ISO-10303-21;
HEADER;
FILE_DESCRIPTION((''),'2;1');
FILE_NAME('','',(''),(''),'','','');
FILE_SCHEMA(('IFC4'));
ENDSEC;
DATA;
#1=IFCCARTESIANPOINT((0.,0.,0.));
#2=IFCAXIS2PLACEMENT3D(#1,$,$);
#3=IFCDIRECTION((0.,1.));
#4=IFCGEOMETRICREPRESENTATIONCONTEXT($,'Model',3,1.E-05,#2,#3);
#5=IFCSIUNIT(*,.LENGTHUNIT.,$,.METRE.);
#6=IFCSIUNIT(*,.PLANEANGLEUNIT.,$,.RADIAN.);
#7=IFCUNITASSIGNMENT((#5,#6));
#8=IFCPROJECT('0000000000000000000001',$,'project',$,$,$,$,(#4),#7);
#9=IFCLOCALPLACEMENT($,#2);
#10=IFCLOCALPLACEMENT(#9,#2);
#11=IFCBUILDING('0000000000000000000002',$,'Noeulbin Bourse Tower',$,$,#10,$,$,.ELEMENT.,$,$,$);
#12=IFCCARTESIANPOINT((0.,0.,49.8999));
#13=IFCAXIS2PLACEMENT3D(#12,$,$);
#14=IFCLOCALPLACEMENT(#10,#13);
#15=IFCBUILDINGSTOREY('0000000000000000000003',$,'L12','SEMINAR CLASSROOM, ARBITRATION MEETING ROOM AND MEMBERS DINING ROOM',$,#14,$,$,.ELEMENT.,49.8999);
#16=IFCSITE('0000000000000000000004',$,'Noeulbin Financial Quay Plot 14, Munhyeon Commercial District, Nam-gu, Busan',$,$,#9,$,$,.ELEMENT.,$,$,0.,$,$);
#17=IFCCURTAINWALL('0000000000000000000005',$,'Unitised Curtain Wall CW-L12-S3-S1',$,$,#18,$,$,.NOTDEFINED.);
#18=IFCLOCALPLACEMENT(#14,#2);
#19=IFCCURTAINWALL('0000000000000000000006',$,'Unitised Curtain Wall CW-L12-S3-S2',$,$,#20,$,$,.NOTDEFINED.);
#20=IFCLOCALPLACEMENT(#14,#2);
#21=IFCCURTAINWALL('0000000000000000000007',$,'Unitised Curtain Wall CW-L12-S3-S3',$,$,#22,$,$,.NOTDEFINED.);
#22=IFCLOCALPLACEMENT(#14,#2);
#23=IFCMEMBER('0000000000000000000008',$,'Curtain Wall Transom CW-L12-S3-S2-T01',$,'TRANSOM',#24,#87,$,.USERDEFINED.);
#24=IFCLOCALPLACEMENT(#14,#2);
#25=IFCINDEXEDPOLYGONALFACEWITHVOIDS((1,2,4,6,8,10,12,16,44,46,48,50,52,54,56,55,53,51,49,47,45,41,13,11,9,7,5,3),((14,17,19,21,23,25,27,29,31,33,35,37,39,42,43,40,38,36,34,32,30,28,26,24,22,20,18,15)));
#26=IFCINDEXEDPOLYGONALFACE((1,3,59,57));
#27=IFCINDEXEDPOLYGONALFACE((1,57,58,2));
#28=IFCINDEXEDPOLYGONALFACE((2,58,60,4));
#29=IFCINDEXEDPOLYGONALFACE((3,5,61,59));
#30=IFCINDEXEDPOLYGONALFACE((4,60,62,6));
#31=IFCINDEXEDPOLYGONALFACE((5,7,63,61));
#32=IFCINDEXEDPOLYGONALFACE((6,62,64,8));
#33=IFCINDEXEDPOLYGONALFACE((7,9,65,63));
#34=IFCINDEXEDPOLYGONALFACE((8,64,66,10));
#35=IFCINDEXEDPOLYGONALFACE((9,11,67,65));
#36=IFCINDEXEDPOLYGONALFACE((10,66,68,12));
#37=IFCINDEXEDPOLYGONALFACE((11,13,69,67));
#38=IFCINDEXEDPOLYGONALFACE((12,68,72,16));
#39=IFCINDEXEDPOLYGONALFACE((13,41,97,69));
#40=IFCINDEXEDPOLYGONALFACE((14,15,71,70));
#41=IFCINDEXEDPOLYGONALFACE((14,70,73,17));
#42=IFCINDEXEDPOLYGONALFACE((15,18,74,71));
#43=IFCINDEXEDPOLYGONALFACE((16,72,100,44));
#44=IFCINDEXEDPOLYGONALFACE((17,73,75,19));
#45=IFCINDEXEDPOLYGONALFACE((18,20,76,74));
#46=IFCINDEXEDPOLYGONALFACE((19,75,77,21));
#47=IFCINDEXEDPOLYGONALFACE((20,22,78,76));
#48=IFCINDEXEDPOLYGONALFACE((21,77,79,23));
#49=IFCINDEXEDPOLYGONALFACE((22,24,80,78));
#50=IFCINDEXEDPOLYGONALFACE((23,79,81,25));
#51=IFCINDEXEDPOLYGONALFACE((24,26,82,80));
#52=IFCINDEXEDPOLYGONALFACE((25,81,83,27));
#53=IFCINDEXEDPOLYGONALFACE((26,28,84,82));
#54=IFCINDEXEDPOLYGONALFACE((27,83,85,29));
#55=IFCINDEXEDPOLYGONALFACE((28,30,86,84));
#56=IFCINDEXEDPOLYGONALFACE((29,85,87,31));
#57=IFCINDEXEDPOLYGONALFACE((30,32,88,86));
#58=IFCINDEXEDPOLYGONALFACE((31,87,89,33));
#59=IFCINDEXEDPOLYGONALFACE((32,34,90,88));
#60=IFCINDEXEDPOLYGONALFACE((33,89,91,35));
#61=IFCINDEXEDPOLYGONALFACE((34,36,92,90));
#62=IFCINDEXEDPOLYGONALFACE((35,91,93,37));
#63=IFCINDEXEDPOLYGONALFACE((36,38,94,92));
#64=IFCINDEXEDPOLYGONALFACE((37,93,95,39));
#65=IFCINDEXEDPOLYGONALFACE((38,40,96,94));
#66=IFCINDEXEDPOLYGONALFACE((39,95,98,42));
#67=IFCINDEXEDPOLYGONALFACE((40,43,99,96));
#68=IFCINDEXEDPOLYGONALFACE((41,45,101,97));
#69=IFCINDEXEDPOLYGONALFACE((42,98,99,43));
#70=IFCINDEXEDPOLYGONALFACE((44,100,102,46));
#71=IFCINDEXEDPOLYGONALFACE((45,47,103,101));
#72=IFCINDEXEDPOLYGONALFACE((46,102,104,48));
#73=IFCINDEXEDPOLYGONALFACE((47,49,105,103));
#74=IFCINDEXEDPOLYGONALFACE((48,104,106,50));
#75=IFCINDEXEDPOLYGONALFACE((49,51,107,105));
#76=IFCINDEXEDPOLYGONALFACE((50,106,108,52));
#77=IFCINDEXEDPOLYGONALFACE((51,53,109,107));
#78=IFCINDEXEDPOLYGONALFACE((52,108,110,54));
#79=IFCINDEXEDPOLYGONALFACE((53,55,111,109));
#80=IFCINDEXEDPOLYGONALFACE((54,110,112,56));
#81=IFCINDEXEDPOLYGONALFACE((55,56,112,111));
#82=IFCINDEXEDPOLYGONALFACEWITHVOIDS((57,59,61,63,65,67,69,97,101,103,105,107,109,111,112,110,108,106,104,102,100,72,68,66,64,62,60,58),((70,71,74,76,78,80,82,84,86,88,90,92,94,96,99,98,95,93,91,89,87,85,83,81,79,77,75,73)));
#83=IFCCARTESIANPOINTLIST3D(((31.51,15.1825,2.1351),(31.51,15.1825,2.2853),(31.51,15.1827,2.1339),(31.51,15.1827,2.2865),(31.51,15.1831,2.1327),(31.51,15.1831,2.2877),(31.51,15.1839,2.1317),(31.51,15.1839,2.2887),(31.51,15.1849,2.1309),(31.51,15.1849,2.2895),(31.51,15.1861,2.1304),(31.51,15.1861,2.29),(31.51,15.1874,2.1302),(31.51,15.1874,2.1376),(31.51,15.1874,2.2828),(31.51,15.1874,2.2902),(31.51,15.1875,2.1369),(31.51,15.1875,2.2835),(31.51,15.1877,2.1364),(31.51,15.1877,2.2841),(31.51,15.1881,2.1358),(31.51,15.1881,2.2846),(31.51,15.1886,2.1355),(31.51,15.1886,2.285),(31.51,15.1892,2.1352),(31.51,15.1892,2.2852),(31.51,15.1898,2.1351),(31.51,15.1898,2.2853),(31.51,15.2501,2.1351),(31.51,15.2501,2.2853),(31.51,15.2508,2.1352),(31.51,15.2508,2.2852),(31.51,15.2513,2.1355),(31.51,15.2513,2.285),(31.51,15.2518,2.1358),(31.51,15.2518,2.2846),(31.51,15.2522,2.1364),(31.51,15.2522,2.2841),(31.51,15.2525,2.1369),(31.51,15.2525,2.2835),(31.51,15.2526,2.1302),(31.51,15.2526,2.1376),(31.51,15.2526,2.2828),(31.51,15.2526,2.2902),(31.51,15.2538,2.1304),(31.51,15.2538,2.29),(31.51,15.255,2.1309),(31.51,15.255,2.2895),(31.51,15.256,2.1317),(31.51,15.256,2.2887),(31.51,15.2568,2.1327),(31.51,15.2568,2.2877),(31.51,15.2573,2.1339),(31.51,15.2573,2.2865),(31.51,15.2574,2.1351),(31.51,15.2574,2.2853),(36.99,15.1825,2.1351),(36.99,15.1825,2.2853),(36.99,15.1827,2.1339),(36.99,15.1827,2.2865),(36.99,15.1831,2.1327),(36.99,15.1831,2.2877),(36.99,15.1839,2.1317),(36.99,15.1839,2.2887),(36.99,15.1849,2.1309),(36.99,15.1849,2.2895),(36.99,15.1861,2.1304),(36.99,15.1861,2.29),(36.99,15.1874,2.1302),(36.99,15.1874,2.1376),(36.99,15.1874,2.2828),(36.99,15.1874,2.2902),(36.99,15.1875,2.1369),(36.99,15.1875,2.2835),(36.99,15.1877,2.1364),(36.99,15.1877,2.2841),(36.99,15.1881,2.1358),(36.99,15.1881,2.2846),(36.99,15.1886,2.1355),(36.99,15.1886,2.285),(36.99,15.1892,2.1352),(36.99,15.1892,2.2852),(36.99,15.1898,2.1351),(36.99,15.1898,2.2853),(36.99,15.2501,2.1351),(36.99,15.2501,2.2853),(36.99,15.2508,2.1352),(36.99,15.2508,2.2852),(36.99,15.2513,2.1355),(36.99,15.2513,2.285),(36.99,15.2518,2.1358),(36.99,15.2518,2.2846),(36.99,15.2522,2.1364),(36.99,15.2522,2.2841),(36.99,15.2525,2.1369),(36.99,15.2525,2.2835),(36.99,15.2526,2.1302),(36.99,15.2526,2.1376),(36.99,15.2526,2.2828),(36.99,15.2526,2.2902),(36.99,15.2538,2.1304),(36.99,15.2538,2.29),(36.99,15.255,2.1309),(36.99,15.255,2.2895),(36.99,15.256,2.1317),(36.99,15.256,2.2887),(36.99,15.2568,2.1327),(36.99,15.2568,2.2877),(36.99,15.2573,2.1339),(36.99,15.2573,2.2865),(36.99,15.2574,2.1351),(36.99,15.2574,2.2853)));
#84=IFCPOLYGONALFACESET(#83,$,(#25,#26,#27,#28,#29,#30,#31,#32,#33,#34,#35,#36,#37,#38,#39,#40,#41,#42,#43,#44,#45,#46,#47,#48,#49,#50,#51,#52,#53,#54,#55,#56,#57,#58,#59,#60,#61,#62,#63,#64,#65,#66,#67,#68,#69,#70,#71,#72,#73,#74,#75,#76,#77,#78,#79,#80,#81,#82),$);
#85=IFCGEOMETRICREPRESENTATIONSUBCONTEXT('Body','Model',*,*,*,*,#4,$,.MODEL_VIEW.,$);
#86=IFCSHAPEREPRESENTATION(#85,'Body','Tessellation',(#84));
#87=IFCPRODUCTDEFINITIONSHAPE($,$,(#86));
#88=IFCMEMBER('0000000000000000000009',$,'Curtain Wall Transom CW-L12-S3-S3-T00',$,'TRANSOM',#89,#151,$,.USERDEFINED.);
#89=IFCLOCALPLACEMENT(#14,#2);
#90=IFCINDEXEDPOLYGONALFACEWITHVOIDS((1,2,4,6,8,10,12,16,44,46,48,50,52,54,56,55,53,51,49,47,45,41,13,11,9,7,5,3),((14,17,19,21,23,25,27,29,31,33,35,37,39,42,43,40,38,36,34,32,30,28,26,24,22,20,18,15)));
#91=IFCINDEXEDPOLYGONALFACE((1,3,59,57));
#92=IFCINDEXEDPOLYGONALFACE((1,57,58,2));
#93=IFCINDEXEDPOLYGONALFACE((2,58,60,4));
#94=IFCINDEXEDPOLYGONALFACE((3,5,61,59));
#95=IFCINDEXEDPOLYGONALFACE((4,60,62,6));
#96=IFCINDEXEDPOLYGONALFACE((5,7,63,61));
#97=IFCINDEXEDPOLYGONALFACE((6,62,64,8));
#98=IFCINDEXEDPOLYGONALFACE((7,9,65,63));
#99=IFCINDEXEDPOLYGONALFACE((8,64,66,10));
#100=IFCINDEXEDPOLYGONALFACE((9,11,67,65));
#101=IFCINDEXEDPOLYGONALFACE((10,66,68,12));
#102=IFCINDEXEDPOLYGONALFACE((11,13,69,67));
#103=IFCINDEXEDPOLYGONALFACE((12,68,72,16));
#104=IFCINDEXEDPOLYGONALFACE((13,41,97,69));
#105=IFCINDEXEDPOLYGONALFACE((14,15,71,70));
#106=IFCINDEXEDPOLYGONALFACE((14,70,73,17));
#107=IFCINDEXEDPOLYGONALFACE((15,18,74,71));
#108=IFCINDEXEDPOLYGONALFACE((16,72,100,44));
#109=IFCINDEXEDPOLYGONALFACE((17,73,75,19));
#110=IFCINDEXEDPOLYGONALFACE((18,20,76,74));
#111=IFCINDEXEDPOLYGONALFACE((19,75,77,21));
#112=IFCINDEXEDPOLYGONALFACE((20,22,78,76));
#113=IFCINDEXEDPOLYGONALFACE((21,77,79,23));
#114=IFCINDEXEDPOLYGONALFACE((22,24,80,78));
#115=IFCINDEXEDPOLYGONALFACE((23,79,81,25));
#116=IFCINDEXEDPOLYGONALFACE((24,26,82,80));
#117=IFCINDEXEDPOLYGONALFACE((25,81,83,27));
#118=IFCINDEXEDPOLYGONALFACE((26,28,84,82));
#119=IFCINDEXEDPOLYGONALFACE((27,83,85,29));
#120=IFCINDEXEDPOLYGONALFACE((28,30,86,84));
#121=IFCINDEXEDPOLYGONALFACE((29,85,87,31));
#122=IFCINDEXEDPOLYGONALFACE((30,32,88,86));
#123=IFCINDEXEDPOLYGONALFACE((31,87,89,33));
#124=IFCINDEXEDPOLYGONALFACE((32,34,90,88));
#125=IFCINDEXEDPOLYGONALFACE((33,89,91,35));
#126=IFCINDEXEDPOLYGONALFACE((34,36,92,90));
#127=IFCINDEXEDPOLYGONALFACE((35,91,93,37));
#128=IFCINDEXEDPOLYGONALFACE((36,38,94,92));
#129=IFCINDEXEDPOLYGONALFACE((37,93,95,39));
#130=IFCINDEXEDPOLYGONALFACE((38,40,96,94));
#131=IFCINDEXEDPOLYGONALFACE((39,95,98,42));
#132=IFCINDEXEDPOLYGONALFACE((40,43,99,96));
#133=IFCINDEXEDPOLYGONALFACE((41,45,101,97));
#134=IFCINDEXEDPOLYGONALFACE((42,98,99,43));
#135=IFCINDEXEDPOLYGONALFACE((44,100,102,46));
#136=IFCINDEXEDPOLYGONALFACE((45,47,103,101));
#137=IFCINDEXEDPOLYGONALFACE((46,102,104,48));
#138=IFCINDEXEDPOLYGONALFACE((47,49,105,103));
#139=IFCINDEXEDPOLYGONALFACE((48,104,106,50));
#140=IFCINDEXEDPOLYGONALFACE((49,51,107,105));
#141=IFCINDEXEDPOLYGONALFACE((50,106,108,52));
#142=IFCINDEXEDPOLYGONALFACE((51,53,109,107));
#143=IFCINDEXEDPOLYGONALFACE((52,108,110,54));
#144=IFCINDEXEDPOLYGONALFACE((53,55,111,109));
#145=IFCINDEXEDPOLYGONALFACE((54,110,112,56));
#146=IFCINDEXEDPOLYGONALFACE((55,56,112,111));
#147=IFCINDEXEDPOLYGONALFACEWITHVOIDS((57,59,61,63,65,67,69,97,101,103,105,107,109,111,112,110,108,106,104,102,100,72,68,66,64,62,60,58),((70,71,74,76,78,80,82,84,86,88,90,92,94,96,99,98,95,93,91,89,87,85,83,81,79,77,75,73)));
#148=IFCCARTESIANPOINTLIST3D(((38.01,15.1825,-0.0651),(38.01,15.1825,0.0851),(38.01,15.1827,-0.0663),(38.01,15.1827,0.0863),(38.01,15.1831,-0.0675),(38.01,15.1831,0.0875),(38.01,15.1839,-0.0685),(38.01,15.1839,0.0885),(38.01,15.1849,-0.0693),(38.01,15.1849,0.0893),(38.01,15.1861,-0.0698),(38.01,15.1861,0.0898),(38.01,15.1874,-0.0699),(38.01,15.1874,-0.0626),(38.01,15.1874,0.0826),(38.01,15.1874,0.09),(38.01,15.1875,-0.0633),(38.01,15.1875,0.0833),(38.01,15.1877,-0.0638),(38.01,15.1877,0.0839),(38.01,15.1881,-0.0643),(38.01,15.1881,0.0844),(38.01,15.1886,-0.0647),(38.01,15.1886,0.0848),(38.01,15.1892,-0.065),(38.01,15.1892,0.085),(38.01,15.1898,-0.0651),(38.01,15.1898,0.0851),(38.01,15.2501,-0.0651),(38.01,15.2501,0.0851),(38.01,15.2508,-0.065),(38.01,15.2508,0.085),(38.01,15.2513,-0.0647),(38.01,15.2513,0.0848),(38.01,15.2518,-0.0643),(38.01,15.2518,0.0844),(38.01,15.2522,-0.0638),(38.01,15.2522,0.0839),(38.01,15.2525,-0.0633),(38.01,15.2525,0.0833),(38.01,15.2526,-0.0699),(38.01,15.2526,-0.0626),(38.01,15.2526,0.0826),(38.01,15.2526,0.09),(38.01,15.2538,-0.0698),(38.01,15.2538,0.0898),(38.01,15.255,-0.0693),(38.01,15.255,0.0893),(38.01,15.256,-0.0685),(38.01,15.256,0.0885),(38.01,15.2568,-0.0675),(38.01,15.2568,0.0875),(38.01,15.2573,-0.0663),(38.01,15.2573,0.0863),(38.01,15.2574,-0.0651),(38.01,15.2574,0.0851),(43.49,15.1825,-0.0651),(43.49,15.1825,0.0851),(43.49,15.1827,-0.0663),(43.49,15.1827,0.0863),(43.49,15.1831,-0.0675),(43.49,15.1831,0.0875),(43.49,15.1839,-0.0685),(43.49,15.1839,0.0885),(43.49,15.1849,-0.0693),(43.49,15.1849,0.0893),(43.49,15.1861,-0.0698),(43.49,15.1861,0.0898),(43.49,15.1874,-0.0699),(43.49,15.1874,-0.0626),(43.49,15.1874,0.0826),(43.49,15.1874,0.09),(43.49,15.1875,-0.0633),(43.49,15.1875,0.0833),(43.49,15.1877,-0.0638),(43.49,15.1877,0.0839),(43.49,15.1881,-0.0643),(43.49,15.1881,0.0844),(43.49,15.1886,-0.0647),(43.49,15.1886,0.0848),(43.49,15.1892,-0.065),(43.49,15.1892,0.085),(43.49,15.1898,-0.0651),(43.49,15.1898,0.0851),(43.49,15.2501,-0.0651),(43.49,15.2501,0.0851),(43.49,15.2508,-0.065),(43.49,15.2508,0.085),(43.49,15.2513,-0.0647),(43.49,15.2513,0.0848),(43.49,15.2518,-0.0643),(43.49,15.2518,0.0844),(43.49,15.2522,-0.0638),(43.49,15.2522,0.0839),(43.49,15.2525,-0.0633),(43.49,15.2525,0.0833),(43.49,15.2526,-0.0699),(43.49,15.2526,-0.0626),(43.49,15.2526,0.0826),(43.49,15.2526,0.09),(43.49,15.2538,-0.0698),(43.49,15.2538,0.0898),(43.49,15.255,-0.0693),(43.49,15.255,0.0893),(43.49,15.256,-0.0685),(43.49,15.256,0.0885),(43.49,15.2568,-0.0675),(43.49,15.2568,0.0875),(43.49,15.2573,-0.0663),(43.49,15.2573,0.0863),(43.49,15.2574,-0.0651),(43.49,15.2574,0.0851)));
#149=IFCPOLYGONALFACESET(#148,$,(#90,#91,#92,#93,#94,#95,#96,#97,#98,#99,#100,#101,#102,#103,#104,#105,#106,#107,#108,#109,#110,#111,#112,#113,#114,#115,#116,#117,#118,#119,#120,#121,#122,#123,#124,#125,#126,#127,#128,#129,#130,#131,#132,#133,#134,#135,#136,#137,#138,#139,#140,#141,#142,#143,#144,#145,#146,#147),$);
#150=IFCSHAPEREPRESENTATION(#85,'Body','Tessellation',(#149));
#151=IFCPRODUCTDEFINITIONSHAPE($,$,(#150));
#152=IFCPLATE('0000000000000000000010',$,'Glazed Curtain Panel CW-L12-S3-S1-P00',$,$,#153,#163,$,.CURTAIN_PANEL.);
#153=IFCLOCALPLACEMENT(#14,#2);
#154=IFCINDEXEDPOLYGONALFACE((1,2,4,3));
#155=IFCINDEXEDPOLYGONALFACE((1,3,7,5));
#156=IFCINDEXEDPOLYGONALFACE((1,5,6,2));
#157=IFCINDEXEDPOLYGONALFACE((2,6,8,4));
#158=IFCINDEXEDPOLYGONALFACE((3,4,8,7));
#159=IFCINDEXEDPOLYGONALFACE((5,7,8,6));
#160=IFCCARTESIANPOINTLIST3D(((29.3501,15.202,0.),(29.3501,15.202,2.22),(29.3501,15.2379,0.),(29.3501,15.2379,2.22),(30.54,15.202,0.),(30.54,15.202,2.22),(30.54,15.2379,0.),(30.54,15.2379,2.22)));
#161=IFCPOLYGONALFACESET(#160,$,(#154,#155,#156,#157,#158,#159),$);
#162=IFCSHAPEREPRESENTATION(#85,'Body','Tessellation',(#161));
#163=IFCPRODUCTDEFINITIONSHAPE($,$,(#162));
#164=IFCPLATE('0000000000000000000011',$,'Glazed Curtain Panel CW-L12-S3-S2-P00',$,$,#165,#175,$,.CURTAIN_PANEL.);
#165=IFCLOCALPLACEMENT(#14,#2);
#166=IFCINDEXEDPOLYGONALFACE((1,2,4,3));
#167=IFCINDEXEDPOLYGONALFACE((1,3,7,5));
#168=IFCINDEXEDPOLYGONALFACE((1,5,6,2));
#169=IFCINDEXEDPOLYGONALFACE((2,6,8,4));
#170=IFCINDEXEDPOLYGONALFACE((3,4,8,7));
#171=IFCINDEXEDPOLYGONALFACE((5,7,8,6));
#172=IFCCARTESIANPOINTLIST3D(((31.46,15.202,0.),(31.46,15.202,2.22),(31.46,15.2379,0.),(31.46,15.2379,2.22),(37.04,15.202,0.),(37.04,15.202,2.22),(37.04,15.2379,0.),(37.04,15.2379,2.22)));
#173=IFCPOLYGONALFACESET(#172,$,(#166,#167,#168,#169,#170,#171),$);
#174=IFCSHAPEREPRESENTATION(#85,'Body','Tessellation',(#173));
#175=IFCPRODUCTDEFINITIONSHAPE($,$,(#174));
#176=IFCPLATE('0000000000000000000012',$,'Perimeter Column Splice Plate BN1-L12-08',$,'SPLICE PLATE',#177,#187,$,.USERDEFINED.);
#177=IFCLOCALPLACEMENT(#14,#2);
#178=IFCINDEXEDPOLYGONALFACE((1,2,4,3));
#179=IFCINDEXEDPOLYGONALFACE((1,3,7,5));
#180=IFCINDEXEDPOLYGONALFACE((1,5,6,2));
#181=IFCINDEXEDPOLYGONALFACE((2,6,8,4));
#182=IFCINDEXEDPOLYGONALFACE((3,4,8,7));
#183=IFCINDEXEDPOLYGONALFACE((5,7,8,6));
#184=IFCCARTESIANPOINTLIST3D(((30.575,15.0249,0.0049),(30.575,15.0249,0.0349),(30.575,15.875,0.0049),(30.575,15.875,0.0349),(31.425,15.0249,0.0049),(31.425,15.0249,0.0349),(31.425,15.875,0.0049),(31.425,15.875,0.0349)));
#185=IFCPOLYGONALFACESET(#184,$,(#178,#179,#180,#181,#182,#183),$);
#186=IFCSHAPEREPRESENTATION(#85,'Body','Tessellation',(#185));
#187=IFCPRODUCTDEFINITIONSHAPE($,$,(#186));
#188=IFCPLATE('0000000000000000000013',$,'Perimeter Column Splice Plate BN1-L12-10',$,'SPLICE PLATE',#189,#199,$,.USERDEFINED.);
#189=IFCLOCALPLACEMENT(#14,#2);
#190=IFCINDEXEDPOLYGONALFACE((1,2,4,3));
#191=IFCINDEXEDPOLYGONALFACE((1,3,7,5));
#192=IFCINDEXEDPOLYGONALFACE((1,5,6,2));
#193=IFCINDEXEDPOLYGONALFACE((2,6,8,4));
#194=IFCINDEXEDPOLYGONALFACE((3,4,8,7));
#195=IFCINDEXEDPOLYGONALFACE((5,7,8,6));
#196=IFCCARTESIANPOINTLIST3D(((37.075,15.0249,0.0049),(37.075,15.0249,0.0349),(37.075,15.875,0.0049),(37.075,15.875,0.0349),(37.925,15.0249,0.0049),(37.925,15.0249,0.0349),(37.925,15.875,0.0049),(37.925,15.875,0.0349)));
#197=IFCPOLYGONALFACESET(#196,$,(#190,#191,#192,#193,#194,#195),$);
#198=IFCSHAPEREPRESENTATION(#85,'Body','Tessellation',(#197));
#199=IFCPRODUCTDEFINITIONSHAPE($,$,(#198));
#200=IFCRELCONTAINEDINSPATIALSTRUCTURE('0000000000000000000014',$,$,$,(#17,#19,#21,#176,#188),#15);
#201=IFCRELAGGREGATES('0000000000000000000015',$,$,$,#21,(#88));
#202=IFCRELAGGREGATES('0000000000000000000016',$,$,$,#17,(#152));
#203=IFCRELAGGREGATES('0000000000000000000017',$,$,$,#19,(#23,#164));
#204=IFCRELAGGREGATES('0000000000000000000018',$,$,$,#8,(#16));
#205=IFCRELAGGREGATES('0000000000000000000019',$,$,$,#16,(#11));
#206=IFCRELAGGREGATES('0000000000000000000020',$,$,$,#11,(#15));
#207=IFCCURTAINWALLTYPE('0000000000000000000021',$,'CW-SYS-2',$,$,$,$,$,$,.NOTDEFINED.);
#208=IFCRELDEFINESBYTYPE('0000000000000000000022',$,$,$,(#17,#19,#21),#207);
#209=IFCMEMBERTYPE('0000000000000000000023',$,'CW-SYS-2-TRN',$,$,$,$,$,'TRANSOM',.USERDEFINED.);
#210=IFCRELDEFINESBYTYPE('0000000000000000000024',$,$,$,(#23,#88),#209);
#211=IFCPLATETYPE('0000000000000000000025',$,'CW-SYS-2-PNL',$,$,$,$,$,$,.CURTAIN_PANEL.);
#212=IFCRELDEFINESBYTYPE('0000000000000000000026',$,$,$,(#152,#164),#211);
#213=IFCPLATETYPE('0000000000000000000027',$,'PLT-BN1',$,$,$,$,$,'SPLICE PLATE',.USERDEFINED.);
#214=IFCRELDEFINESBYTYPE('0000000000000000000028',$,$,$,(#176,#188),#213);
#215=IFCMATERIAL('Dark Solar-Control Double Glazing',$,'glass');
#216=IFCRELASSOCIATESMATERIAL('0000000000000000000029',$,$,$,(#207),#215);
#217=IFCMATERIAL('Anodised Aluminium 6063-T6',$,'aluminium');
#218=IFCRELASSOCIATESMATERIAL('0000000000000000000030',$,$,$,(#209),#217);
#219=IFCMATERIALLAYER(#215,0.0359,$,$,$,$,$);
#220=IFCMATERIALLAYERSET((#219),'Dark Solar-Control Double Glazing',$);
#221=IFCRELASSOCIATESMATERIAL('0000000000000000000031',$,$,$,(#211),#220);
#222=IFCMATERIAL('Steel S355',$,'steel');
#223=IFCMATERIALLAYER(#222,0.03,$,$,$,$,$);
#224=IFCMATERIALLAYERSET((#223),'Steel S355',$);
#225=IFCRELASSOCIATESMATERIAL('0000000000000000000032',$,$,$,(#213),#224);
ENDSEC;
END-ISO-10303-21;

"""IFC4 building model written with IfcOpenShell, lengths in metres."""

from ifc_helpers import new_model, si_unit, direction, frame, origin, origin_2d, place, context, subcontext, project, spatial, rectangle, hollow_rectangle, extrude, material, layer, layer_set, material_profile, profile_set, type_object, element, aggregate, save


model = new_model("IFC4")

# Units and contexts
model_context = context("Model", 3, precision=1e-05, world=origin(), true_north=direction((0.0, 1.0)))
body_context = subcontext(model_context, "Body", "Model", "MODEL_VIEW")
ifc_project = project(units=[si_unit("LENGTHUNIT", "METRE"), si_unit("PLANEANGLEUNIT", "RADIAN")], contexts=[model_context])

# Site, building, storey
site_placement = place(None, origin())
site = spatial("IfcSite", under=ifc_project, at=site_placement, Name="Noeulbin Financial Quay Plot 14, Munhyeon Commercial District, Nam-gu, Busan", CompositionType="ELEMENT", RefElevation=0.0)
building_placement = place(site_placement, origin())
building = spatial("IfcBuilding", under=site, at=building_placement, Name="Noeulbin Bourse Tower", CompositionType="ELEMENT")
storey_placement = place(building_placement, frame((0.0, 0.0, 49.8999)))
storey = spatial("IfcBuildingStorey", under=building, at=storey_placement, Name="L12", Description="SEMINAR CLASSROOM, ARBITRATION MEETING ROOM AND MEMBERS DINING ROOM", CompositionType="ELEMENT", Elevation=49.8999)

# Shared definitions
ifc_material_1 = material(Name="Steel S355", Category="steel")

# Curtain walls
ifc_material_2 = material(Name="Dark Solar-Control Double Glazing", Category="glass")
curtain_wall_type = type_object("IfcCurtainWallType", Name="CW-SYS-2", PredefinedType="NOTDEFINED", material=ifc_material_2)
curtain_wall_1_placement = place(storey_placement, origin())
curtain_wall_1 = element("IfcCurtainWall", 1, at=curtain_wall_1_placement, inside=storey, type_object=curtain_wall_type, Name="Unitised Curtain Wall CW-L12-S3-S1", PredefinedType="NOTDEFINED")
ifc_material_3 = material(Name="Anodised Aluminium 6063-T6", Category="aluminium")
curtain_wall_2_placement = place(storey_placement, origin())
curtain_wall_2 = element("IfcCurtainWall", 2, at=curtain_wall_2_placement, inside=storey, type_object=curtain_wall_type, Name="Unitised Curtain Wall CW-L12-S3-S2", PredefinedType="NOTDEFINED")

# Curtain wall
curtain_wall_3_placement = place(storey_placement, origin())
curtain_wall_3 = element("IfcCurtainWall", 3, at=curtain_wall_3_placement, inside=storey, type_object=curtain_wall_type, Name="Unitised Curtain Wall CW-L12-S3-S3", PredefinedType="NOTDEFINED")

# Members
ifc_material_profile_1 = material_profile(ifc_material_3, hollow_rectangle(XDim=0.075, YDim=0.1599, WallThickness=0.0049, InnerFilletRadius=0.0024, OuterFilletRadius=0.0049, at=origin_2d()), Name="ALU-TRAN-75x160x5", Category="LoadBearing")
ifc_profile_set_1 = profile_set([ifc_material_profile_1], Name="Anodised Aluminium 6063-T6")
member_type_1 = type_object("IfcMemberType", Name="CW-SYS-2-TRN", ElementType="TRANSOM", PredefinedType="USERDEFINED", material=ifc_profile_set_1)
member_1_placement = place(storey_placement, frame((31.51, 15.22, 2.2102), z_axis=(1.0, 0.0, 0.0), x_axis=(0.0, 1.0, 0.0)))
member_1 = element("IfcMember", 4, at=member_1_placement, type_object=member_type_1, Name="Curtain Wall Transom CW-L12-S3-S2-T01", ObjectType="TRANSOM", PredefinedType="USERDEFINED", context=body_context, shape_type="SweptSolid", body=[
    extrude(hollow_rectangle(XDim=0.075, YDim=0.1599, WallThickness=0.0049, InnerFilletRadius=0.0024, OuterFilletRadius=0.0049, at=origin_2d()), origin(), (0.0, 0.0, 1.0), 5.48),
])
member_2_placement = place(storey_placement, frame((38.01, 15.22, 0.01), z_axis=(1.0, 0.0, 0.0), x_axis=(0.0, 1.0, 0.0)))
member_2 = element("IfcMember", 5, at=member_2_placement, type_object=member_type_1, Name="Curtain Wall Transom CW-L12-S3-S3-T00", ObjectType="TRANSOM", PredefinedType="USERDEFINED", context=body_context, shape_type="SweptSolid", body=[
    extrude(hollow_rectangle(XDim=0.075, YDim=0.1599, WallThickness=0.0049, InnerFilletRadius=0.0024, OuterFilletRadius=0.0049, at=origin_2d()), origin(), (0.0, 0.0, 1.0), 5.48),
])
aggregate(curtain_wall_3, [member_2])

# Plates
ifc_layer_1 = layer(ifc_material_2, 0.0359)
ifc_layer_set_1 = layer_set([ifc_layer_1], Name="Dark Solar-Control Double Glazing")
plate_type_1 = type_object("IfcPlateType", Name="CW-SYS-2-PNL", PredefinedType="CURTAIN_PANEL", material=ifc_layer_set_1)
plate_1_placement = place(storey_placement, frame((29.9451, 15.22, 0.0), z_axis=(0.0, 0.0, 1.0), x_axis=(1.0, 0.0, 0.0)))
plate_1 = element("IfcPlate", 6, at=plate_1_placement, type_object=plate_type_1, Name="Glazed Curtain Panel CW-L12-S3-S1-P00", PredefinedType="CURTAIN_PANEL", context=body_context, shape_type="SweptSolid", body=[
    extrude(rectangle(XDim=1.1899, YDim=0.0359, at=origin_2d()), origin(), (0.0, 0.0, 1.0), 2.22),
])
aggregate(curtain_wall_1, [plate_1])
plate_2_placement = place(storey_placement, frame((34.25, 15.22, 0.0), z_axis=(0.0, 0.0, 1.0), x_axis=(1.0, 0.0, 0.0)))
plate_2 = element("IfcPlate", 7, at=plate_2_placement, type_object=plate_type_1, Name="Glazed Curtain Panel CW-L12-S3-S2-P00", PredefinedType="CURTAIN_PANEL", context=body_context, shape_type="SweptSolid", body=[
    extrude(rectangle(XDim=5.5801, YDim=0.0359, at=origin_2d()), origin(), (0.0, 0.0, 1.0), 2.22),
])
aggregate(curtain_wall_2, [member_1, plate_2])

# Plates
ifc_layer_2 = layer(ifc_material_1, 0.03)
ifc_layer_set_2 = layer_set([ifc_layer_2], Name="Steel S355")
plate_type_2 = type_object("IfcPlateType", Name="PLT-BN1", ElementType="SPLICE PLATE", PredefinedType="USERDEFINED", material=ifc_layer_set_2)
for number, where, z_axis, x_axis, name in (
    (8, (31.0, 15.45, 0.0049), (0.0, 0.0, 1.0), (1.0, 0.0, 0.0), "Perimeter Column Splice Plate BN1-L12-08"),
    (9, (37.5, 15.45, 0.0049), (0.0, 0.0, 1.0), (1.0, 0.0, 0.0), "Perimeter Column Splice Plate BN1-L12-10"),
):
    element("IfcPlate", number, at=place(storey_placement, frame(where, z_axis=z_axis, x_axis=x_axis)), inside=storey, type_object=plate_type_2, Name=name, ObjectType="SPLICE PLATE", PredefinedType="USERDEFINED", context=body_context, shape_type="SweptSolid", body=[
        extrude(rectangle(XDim=0.8501, YDim=0.8501, at=origin_2d()), origin(), (0.0, 0.0, 1.0), 0.03),
    ])

save(model, "model.ifc")
